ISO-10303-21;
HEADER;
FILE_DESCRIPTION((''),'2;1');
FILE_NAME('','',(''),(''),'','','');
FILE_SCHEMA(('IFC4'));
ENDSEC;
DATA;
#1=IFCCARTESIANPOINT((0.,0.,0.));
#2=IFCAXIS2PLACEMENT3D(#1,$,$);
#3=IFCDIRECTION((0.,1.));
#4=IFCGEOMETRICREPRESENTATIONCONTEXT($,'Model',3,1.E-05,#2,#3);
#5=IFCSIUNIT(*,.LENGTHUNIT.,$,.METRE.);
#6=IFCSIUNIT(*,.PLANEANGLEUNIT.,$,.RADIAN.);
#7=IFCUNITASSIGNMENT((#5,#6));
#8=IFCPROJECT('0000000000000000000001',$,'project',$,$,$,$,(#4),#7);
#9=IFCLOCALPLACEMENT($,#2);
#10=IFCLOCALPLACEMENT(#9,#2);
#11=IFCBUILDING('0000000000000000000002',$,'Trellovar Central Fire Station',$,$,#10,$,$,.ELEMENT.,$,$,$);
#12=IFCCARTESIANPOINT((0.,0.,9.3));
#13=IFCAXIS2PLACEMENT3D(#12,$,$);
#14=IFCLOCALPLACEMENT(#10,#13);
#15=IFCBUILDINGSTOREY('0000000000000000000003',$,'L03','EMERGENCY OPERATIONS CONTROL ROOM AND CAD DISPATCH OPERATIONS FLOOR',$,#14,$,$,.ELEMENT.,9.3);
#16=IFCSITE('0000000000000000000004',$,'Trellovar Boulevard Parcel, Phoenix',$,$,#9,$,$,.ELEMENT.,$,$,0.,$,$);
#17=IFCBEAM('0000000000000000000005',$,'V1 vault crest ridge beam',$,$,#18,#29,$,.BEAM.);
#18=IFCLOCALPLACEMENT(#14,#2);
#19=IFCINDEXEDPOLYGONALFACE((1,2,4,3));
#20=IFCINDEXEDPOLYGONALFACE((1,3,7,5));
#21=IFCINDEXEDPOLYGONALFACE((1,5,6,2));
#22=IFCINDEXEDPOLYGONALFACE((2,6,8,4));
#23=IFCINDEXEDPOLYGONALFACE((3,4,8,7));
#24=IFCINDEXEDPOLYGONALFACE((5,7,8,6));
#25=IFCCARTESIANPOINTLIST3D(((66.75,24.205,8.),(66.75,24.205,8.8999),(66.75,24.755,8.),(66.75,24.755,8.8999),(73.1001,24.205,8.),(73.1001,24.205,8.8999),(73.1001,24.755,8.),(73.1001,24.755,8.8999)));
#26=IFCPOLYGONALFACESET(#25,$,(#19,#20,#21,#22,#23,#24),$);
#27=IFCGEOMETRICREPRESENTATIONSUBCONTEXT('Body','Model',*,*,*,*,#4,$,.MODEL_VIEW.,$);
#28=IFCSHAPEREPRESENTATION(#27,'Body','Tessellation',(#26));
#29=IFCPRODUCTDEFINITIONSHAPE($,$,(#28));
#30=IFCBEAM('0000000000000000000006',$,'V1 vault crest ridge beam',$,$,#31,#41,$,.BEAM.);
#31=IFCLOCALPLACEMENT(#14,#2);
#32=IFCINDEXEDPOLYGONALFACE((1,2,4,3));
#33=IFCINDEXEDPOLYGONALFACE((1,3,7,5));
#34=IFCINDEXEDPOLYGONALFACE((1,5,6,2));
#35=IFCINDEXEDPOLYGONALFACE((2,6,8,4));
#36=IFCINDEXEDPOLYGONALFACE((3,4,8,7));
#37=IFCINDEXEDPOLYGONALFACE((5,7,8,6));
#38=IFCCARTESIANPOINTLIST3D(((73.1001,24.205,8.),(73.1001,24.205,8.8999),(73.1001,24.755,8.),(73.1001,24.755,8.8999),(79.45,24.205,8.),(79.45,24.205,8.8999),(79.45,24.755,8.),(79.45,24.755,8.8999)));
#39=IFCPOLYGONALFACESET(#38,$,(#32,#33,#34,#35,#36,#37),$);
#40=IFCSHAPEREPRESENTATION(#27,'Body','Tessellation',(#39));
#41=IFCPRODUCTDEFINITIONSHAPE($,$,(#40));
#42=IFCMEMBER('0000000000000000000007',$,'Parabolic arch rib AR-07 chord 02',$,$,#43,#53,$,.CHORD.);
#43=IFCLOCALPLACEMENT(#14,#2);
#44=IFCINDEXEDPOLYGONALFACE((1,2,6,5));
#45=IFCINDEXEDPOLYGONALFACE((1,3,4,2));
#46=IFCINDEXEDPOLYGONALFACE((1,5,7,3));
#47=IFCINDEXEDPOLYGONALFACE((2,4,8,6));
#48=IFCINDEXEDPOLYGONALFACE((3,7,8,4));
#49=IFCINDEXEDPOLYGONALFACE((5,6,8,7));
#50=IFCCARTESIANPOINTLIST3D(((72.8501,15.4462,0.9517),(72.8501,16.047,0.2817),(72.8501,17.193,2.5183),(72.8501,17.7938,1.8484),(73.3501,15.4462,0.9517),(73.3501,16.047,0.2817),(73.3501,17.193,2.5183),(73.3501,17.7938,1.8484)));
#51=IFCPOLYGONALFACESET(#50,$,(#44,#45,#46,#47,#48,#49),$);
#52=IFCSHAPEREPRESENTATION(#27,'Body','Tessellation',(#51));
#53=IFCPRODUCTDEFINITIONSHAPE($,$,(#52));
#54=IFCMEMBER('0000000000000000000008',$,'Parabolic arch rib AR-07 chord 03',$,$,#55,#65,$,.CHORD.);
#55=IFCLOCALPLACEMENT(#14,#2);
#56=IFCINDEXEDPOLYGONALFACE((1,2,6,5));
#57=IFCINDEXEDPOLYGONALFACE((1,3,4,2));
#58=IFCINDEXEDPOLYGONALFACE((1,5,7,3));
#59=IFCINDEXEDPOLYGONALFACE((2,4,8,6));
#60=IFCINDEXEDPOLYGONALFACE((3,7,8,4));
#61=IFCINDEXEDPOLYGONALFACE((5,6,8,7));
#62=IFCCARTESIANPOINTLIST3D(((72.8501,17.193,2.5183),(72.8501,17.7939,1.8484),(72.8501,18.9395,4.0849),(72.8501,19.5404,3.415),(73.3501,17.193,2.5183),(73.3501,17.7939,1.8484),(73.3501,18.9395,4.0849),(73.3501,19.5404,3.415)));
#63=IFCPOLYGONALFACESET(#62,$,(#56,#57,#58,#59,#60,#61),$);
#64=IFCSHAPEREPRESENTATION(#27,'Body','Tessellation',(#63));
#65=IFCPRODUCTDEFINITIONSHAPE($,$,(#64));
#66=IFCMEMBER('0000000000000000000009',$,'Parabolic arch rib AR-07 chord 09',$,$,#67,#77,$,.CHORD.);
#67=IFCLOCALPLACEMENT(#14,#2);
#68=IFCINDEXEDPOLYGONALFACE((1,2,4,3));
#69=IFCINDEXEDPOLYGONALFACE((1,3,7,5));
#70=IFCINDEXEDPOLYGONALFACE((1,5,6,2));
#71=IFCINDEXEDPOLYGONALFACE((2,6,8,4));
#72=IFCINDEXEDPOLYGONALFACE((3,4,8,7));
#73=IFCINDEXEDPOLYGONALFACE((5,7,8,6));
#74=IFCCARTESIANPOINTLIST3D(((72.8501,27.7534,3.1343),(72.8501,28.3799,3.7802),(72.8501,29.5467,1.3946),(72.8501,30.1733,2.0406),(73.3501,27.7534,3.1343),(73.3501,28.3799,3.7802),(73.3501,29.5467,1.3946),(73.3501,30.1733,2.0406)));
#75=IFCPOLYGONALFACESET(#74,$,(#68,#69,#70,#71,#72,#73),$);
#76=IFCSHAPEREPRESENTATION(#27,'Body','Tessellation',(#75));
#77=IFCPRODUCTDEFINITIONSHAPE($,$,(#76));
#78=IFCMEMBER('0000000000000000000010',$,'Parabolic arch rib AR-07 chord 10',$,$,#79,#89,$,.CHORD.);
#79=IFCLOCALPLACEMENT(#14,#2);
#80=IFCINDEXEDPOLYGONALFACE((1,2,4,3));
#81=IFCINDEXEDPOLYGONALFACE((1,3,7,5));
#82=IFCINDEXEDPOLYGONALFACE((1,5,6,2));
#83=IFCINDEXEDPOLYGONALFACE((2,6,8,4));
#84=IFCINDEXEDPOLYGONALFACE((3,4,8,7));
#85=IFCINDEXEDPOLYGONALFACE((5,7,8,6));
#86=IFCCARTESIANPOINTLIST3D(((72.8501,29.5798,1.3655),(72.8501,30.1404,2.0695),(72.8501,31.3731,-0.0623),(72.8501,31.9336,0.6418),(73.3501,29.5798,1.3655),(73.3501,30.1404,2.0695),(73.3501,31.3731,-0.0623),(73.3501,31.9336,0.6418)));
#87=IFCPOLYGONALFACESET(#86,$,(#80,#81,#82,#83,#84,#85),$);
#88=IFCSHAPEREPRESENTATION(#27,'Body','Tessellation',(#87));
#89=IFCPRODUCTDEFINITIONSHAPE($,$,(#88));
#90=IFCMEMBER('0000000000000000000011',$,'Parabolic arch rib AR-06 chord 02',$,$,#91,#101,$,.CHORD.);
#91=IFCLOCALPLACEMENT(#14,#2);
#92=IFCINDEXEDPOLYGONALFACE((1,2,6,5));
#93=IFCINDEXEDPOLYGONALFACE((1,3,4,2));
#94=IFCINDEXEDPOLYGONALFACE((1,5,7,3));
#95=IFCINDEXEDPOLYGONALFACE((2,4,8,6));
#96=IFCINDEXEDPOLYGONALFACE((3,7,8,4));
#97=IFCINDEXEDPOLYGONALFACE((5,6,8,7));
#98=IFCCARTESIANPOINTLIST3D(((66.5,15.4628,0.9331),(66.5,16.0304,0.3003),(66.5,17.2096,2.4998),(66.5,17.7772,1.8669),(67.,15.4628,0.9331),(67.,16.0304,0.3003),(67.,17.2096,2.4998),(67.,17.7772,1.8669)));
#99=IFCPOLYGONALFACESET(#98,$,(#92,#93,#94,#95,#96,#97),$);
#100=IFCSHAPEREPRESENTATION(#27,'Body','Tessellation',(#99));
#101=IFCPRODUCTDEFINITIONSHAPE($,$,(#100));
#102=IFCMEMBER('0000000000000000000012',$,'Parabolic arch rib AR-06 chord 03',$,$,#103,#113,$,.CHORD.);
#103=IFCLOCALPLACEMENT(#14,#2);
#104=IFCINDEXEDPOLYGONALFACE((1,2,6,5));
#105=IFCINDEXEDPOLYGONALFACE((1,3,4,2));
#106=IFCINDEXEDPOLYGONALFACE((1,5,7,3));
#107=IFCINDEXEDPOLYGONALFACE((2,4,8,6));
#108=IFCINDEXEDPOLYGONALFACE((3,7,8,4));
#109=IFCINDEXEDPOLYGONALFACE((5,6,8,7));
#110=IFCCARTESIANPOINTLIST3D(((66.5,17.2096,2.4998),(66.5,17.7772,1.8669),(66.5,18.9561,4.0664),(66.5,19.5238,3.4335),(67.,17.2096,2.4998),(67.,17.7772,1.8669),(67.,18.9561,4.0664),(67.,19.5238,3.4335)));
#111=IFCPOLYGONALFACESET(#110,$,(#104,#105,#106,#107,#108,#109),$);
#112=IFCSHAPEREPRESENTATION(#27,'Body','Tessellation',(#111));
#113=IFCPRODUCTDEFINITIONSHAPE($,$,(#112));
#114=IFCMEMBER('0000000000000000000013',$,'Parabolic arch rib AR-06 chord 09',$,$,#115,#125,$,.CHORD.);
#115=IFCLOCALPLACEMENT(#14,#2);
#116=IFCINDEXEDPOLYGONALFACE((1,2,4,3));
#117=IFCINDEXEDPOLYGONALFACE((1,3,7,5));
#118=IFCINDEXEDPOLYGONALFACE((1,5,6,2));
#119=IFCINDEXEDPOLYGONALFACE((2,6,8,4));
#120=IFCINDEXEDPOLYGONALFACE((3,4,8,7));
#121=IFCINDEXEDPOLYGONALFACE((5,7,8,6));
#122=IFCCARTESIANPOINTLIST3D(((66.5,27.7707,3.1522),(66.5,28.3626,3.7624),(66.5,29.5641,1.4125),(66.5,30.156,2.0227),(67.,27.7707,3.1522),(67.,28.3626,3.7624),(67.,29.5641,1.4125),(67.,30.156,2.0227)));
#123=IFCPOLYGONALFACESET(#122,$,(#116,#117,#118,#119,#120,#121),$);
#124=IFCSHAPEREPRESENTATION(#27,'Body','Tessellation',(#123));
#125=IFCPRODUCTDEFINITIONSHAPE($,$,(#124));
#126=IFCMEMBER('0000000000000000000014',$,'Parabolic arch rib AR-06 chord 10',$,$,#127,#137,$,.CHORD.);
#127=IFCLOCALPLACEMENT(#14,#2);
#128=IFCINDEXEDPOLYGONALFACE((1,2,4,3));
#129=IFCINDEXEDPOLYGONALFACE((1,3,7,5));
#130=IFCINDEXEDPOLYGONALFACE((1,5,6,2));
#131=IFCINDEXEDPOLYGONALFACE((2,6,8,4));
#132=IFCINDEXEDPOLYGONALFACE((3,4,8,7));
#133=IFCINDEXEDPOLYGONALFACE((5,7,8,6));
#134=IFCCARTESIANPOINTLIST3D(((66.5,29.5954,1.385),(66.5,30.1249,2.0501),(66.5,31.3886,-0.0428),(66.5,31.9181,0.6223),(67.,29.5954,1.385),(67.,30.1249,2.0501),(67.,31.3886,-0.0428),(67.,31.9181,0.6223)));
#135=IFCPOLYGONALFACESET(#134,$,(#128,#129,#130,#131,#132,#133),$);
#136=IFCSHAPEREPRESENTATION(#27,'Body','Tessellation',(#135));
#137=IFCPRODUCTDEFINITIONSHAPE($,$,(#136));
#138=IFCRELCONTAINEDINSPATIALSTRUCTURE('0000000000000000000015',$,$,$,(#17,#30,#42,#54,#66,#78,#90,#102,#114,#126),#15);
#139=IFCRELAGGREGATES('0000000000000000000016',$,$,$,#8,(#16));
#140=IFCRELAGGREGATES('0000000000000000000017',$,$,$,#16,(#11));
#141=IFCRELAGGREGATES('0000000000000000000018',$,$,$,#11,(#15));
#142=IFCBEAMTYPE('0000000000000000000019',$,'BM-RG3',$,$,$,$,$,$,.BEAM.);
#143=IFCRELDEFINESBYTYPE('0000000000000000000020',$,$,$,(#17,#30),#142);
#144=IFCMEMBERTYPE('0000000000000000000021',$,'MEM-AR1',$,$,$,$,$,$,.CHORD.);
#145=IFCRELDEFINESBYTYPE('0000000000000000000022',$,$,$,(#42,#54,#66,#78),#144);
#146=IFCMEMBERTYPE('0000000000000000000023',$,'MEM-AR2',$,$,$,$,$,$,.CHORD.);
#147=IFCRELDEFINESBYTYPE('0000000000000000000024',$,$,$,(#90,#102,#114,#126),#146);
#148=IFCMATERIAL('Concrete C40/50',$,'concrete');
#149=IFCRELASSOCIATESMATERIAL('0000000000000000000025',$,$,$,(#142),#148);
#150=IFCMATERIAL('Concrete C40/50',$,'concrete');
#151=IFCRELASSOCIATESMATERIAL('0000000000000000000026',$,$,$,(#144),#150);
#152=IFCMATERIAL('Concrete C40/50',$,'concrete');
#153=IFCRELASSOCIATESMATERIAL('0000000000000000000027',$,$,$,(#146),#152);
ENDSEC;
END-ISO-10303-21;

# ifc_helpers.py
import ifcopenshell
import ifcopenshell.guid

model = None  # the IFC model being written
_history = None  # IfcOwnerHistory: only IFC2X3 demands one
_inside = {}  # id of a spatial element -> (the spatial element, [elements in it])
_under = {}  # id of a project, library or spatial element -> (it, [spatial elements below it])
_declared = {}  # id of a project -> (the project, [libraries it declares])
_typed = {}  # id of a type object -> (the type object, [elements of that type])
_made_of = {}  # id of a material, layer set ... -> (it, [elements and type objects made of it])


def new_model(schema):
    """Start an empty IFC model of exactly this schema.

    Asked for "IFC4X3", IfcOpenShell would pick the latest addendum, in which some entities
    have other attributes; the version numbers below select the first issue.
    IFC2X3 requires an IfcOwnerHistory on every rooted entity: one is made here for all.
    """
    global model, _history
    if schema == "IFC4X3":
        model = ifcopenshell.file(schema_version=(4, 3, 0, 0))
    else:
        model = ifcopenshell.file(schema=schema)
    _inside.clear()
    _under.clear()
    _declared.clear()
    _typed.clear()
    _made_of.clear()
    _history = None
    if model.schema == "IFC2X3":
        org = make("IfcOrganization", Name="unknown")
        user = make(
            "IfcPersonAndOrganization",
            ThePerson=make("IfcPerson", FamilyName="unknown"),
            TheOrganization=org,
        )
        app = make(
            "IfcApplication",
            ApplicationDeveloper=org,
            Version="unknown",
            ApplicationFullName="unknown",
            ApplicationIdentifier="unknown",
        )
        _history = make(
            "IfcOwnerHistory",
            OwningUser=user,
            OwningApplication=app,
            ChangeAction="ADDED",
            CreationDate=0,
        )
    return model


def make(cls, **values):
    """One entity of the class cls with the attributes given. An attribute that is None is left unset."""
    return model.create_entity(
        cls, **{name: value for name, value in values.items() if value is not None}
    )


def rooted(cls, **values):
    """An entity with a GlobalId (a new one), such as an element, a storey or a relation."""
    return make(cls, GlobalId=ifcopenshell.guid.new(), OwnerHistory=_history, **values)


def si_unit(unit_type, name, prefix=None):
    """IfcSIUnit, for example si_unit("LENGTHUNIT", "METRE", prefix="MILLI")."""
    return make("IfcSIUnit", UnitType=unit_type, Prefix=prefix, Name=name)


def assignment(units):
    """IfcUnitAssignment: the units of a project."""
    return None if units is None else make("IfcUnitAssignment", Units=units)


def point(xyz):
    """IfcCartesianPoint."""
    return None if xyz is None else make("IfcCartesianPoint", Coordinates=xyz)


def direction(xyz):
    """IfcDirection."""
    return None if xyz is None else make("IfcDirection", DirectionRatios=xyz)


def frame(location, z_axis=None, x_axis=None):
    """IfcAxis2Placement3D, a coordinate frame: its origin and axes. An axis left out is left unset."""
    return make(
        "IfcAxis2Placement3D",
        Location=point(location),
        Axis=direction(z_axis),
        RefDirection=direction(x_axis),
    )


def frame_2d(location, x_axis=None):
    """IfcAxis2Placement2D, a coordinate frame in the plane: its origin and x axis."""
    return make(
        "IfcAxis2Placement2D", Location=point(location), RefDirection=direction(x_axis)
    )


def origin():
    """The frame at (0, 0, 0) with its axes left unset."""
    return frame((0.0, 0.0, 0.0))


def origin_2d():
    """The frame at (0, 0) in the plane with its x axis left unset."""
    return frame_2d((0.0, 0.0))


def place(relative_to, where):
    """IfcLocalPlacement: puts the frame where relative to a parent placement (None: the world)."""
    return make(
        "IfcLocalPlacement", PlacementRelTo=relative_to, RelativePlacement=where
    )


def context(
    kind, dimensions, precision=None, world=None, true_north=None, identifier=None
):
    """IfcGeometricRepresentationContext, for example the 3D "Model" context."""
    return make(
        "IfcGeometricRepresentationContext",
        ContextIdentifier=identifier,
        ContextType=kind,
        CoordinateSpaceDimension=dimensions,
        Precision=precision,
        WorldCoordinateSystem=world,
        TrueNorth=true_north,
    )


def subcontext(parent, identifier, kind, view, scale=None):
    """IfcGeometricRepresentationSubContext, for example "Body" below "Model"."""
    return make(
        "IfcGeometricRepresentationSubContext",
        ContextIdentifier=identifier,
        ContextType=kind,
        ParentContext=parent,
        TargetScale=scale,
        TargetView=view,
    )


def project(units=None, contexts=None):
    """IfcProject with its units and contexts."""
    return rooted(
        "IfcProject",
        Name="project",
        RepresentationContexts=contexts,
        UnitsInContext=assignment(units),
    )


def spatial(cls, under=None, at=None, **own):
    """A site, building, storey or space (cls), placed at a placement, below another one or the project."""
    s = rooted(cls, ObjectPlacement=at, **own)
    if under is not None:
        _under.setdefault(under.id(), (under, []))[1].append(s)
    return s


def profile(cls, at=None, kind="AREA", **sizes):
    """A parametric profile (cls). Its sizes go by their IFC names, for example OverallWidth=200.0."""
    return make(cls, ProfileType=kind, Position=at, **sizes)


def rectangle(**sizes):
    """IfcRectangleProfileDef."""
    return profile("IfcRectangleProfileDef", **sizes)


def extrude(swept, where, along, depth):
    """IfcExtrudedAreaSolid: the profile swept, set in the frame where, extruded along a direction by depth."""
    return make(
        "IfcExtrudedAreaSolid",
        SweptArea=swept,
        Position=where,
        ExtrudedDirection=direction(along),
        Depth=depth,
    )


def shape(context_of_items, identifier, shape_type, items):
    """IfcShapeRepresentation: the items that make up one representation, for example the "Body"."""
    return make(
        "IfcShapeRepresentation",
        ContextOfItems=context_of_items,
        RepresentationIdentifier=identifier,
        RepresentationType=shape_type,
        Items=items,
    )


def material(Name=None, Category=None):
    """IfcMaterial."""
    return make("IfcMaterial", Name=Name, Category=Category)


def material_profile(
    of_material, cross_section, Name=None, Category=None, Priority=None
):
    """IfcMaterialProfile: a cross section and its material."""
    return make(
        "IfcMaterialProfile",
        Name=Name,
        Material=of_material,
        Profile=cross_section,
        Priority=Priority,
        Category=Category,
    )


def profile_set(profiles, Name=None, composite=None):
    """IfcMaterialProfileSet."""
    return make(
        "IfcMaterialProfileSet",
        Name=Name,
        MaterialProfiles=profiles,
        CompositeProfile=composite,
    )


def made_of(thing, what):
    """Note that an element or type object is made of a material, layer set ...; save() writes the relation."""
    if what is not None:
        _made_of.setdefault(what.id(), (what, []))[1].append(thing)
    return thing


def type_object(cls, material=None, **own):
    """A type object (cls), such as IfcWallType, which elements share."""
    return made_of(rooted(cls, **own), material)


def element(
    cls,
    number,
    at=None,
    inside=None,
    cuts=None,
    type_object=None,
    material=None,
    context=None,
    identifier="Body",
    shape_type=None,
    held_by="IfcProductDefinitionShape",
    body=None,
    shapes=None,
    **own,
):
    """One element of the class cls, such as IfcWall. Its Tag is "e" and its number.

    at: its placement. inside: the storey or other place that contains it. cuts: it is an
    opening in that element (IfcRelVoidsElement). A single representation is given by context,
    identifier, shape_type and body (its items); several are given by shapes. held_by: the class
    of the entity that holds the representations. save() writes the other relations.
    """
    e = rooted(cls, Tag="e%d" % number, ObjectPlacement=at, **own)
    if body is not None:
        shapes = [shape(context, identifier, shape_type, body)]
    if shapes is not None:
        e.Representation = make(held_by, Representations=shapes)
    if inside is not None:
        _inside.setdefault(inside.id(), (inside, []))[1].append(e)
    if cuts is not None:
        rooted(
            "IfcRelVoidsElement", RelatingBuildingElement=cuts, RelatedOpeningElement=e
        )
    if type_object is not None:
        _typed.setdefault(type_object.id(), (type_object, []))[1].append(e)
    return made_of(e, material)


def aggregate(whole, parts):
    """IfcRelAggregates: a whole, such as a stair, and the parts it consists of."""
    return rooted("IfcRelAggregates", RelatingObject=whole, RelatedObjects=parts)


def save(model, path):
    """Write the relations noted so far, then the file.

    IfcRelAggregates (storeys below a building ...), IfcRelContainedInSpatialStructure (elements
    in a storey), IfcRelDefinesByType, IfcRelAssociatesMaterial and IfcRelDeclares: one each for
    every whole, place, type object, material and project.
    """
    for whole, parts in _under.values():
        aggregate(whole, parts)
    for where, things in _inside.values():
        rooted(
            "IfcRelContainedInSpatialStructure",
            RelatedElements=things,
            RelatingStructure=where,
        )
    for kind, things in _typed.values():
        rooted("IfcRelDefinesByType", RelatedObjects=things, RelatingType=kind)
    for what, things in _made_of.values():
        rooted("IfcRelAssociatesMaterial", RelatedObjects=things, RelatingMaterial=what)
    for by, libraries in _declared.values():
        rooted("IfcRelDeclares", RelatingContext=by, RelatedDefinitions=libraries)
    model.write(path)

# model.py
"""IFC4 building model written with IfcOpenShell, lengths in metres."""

from ifc_helpers import new_model, si_unit, direction, frame, origin, origin_2d, place, context, subcontext, project, spatial, rectangle, extrude, material, material_profile, profile_set, type_object, element, save


model = new_model("IFC4")

# Units and contexts
model_context = context("Model", 3, precision=1e-05, world=origin(), true_north=direction((0.0, 1.0)))
body_context = subcontext(model_context, "Body", "Model", "MODEL_VIEW")
ifc_project = project(units=[si_unit("LENGTHUNIT", "METRE"), si_unit("PLANEANGLEUNIT", "RADIAN")], contexts=[model_context])

# Site, building, storey
site_placement = place(None, origin())
site = spatial("IfcSite", under=ifc_project, at=site_placement, Name="Trellovar Boulevard Parcel, Phoenix", CompositionType="ELEMENT", RefElevation=0.0)
building_placement = place(site_placement, origin())
building = spatial("IfcBuilding", under=site, at=building_placement, Name="Trellovar Central Fire Station", CompositionType="ELEMENT")
storey_placement = place(building_placement, frame((0.0, 0.0, 9.3)))
storey = spatial("IfcBuildingStorey", under=building, at=storey_placement, Name="L03", Description="EMERGENCY OPERATIONS CONTROL ROOM AND CAD DISPATCH OPERATIONS FLOOR", CompositionType="ELEMENT", Elevation=9.3)

# Beams
ifc_material_1 = material(Name="Concrete C40/50", Category="concrete")
ifc_material_profile_1 = material_profile(ifc_material_1, rectangle(XDim=0.55, YDim=0.8999, at=origin_2d()), Name="RC550X900")
ifc_profile_set_1 = profile_set([ifc_material_profile_1], Name="Concrete C40/50")
beam_type = type_object("IfcBeamType", Name="BM-RG3", PredefinedType="BEAM", material=ifc_profile_set_1)
beam_1_placement = place(storey_placement, frame((66.75, 24.48, 8.45), z_axis=(1.0, 0.0, 0.0), x_axis=(0.0, 1.0, 0.0)))
element("IfcBeam", 1, at=beam_1_placement, inside=storey, type_object=beam_type, Name="V1 vault crest ridge beam", PredefinedType="BEAM", context=body_context, shape_type="SweptSolid", body=[
    extrude(rectangle(XDim=0.55, YDim=0.8999, at=origin_2d()), origin(), (0.0, 0.0, 1.0), 6.3501),
])
beam_2_placement = place(storey_placement, frame((73.1001, 24.48, 8.45), z_axis=(1.0, 0.0, 0.0), x_axis=(0.0, 1.0, 0.0)))
element("IfcBeam", 2, at=beam_2_placement, inside=storey, type_object=beam_type, Name="V1 vault crest ridge beam", PredefinedType="BEAM", context=body_context, shape_type="SweptSolid", body=[
    extrude(rectangle(XDim=0.55, YDim=0.8999, at=origin_2d()), origin(), (0.0, 0.0, 1.0), 6.3499),
])

# Members
ifc_material_2 = material(Name="Concrete C40/50", Category="concrete")
ifc_material_profile_2 = material_profile(ifc_material_2, rectangle(XDim=0.5, YDim=0.8999, at=origin_2d()), Name="RC500X900")
ifc_profile_set_2 = profile_set([ifc_material_profile_2], Name="Concrete C40/50")
member_type_1 = type_object("IfcMemberType", Name="MEM-AR1", PredefinedType="CHORD", material=ifc_profile_set_2)
member_1_placement = place(storey_placement, frame((73.1001, 15.7466, 0.6167), z_axis=(0.0, 0.744457, 0.66767), x_axis=(-1.0, 0.0, 0.0)))
element("IfcMember", 3, at=member_1_placement, inside=storey, type_object=member_type_1, Name="Parabolic arch rib AR-07 chord 02", PredefinedType="CHORD", context=body_context, shape_type="SweptSolid", body=[
    extrude(rectangle(XDim=0.5, YDim=0.8999, at=origin_2d()), origin(), (0.0, 0.0, 1.0), 2.3464),
])
member_2_placement = place(storey_placement, frame((73.1001, 17.4934, 2.1833), z_axis=(0.0, 0.744411, 0.667722), x_axis=(-1.0, 0.0, 0.0)))
element("IfcMember", 4, at=member_2_placement, inside=storey, type_object=member_type_1, Name="Parabolic arch rib AR-07 chord 03", PredefinedType="CHORD", context=body_context, shape_type="SweptSolid", body=[
    extrude(rectangle(XDim=0.5, YDim=0.8999, at=origin_2d()), origin(), (0.0, 0.0, 1.0), 2.3462),
])
member_3_placement = place(storey_placement, frame((73.1001, 28.0667, 3.4573), z_axis=(0.0, 0.717773, -0.696277), x_axis=(-1.0, 0.0, 0.0)))
element("IfcMember", 5, at=member_3_placement, inside=storey, type_object=member_type_1, Name="Parabolic arch rib AR-07 chord 09", PredefinedType="CHORD", context=body_context, shape_type="SweptSolid", body=[
    extrude(rectangle(XDim=0.5, YDim=0.8999, at=origin_2d()), origin(), (0.0, 0.0, 1.0), 2.4985),
])
member_4_placement = place(storey_placement, frame((73.1001, 29.8601, 1.7175), z_axis=(0.0, 0.782321, -0.622875), x_axis=(-1.0, 0.0, 0.0)))
element("IfcMember", 6, at=member_4_placement, inside=storey, type_object=member_type_1, Name="Parabolic arch rib AR-07 chord 10", PredefinedType="CHORD", context=body_context, shape_type="SweptSolid", body=[
    extrude(rectangle(XDim=0.5, YDim=0.8999, at=origin_2d()), origin(), (0.0, 0.0, 1.0), 2.2922),
])
ifc_material_3 = material(Name="Concrete C40/50", Category="concrete")
ifc_material_profile_3 = material_profile(ifc_material_3, rectangle(XDim=0.5, YDim=0.8501, at=origin_2d()), Name="RC500X850")
ifc_profile_set_3 = profile_set([ifc_material_profile_3], Name="Concrete C40/50")
member_type_2 = type_object("IfcMemberType", Name="MEM-AR2", PredefinedType="CHORD", material=ifc_profile_set_3)
member_5_placement = place(storey_placement, frame((66.75, 15.7466, 0.6167), z_axis=(0.0, 0.744457, 0.66767), x_axis=(-1.0, 0.0, 0.0)))
element("IfcMember", 7, at=member_5_placement, inside=storey, type_object=member_type_2, Name="Parabolic arch rib AR-06 chord 02", PredefinedType="CHORD", context=body_context, shape_type="SweptSolid", body=[
    extrude(rectangle(XDim=0.5, YDim=0.8501, at=origin_2d()), origin(), (0.0, 0.0, 1.0), 2.3464),
])
member_6_placement = place(storey_placement, frame((66.75, 17.4934, 2.1833), z_axis=(0.0, 0.744411, 0.667722), x_axis=(-1.0, 0.0, 0.0)))
element("IfcMember", 8, at=member_6_placement, inside=storey, type_object=member_type_2, Name="Parabolic arch rib AR-06 chord 03", PredefinedType="CHORD", context=body_context, shape_type="SweptSolid", body=[
    extrude(rectangle(XDim=0.5, YDim=0.8501, at=origin_2d()), origin(), (0.0, 0.0, 1.0), 2.3462),
])
member_7_placement = place(storey_placement, frame((66.75, 28.0667, 3.4573), z_axis=(0.0, 0.717773, -0.696277), x_axis=(-1.0, 0.0, 0.0)))
element("IfcMember", 9, at=member_7_placement, inside=storey, type_object=member_type_2, Name="Parabolic arch rib AR-06 chord 09", PredefinedType="CHORD", context=body_context, shape_type="SweptSolid", body=[
    extrude(rectangle(XDim=0.5, YDim=0.8501, at=origin_2d()), origin(), (0.0, 0.0, 1.0), 2.4985),
])
member_8_placement = place(storey_placement, frame((66.75, 29.8601, 1.7175), z_axis=(0.0, 0.782321, -0.622875), x_axis=(-1.0, 0.0, 0.0)))
element("IfcMember", 10, at=member_8_placement, inside=storey, type_object=member_type_2, Name="Parabolic arch rib AR-06 chord 10", PredefinedType="CHORD", context=body_context, shape_type="SweptSolid", body=[
    extrude(rectangle(XDim=0.5, YDim=0.8501, at=origin_2d()), origin(), (0.0, 0.0, 1.0), 2.2922),
])

save(model, "model.ifc")
